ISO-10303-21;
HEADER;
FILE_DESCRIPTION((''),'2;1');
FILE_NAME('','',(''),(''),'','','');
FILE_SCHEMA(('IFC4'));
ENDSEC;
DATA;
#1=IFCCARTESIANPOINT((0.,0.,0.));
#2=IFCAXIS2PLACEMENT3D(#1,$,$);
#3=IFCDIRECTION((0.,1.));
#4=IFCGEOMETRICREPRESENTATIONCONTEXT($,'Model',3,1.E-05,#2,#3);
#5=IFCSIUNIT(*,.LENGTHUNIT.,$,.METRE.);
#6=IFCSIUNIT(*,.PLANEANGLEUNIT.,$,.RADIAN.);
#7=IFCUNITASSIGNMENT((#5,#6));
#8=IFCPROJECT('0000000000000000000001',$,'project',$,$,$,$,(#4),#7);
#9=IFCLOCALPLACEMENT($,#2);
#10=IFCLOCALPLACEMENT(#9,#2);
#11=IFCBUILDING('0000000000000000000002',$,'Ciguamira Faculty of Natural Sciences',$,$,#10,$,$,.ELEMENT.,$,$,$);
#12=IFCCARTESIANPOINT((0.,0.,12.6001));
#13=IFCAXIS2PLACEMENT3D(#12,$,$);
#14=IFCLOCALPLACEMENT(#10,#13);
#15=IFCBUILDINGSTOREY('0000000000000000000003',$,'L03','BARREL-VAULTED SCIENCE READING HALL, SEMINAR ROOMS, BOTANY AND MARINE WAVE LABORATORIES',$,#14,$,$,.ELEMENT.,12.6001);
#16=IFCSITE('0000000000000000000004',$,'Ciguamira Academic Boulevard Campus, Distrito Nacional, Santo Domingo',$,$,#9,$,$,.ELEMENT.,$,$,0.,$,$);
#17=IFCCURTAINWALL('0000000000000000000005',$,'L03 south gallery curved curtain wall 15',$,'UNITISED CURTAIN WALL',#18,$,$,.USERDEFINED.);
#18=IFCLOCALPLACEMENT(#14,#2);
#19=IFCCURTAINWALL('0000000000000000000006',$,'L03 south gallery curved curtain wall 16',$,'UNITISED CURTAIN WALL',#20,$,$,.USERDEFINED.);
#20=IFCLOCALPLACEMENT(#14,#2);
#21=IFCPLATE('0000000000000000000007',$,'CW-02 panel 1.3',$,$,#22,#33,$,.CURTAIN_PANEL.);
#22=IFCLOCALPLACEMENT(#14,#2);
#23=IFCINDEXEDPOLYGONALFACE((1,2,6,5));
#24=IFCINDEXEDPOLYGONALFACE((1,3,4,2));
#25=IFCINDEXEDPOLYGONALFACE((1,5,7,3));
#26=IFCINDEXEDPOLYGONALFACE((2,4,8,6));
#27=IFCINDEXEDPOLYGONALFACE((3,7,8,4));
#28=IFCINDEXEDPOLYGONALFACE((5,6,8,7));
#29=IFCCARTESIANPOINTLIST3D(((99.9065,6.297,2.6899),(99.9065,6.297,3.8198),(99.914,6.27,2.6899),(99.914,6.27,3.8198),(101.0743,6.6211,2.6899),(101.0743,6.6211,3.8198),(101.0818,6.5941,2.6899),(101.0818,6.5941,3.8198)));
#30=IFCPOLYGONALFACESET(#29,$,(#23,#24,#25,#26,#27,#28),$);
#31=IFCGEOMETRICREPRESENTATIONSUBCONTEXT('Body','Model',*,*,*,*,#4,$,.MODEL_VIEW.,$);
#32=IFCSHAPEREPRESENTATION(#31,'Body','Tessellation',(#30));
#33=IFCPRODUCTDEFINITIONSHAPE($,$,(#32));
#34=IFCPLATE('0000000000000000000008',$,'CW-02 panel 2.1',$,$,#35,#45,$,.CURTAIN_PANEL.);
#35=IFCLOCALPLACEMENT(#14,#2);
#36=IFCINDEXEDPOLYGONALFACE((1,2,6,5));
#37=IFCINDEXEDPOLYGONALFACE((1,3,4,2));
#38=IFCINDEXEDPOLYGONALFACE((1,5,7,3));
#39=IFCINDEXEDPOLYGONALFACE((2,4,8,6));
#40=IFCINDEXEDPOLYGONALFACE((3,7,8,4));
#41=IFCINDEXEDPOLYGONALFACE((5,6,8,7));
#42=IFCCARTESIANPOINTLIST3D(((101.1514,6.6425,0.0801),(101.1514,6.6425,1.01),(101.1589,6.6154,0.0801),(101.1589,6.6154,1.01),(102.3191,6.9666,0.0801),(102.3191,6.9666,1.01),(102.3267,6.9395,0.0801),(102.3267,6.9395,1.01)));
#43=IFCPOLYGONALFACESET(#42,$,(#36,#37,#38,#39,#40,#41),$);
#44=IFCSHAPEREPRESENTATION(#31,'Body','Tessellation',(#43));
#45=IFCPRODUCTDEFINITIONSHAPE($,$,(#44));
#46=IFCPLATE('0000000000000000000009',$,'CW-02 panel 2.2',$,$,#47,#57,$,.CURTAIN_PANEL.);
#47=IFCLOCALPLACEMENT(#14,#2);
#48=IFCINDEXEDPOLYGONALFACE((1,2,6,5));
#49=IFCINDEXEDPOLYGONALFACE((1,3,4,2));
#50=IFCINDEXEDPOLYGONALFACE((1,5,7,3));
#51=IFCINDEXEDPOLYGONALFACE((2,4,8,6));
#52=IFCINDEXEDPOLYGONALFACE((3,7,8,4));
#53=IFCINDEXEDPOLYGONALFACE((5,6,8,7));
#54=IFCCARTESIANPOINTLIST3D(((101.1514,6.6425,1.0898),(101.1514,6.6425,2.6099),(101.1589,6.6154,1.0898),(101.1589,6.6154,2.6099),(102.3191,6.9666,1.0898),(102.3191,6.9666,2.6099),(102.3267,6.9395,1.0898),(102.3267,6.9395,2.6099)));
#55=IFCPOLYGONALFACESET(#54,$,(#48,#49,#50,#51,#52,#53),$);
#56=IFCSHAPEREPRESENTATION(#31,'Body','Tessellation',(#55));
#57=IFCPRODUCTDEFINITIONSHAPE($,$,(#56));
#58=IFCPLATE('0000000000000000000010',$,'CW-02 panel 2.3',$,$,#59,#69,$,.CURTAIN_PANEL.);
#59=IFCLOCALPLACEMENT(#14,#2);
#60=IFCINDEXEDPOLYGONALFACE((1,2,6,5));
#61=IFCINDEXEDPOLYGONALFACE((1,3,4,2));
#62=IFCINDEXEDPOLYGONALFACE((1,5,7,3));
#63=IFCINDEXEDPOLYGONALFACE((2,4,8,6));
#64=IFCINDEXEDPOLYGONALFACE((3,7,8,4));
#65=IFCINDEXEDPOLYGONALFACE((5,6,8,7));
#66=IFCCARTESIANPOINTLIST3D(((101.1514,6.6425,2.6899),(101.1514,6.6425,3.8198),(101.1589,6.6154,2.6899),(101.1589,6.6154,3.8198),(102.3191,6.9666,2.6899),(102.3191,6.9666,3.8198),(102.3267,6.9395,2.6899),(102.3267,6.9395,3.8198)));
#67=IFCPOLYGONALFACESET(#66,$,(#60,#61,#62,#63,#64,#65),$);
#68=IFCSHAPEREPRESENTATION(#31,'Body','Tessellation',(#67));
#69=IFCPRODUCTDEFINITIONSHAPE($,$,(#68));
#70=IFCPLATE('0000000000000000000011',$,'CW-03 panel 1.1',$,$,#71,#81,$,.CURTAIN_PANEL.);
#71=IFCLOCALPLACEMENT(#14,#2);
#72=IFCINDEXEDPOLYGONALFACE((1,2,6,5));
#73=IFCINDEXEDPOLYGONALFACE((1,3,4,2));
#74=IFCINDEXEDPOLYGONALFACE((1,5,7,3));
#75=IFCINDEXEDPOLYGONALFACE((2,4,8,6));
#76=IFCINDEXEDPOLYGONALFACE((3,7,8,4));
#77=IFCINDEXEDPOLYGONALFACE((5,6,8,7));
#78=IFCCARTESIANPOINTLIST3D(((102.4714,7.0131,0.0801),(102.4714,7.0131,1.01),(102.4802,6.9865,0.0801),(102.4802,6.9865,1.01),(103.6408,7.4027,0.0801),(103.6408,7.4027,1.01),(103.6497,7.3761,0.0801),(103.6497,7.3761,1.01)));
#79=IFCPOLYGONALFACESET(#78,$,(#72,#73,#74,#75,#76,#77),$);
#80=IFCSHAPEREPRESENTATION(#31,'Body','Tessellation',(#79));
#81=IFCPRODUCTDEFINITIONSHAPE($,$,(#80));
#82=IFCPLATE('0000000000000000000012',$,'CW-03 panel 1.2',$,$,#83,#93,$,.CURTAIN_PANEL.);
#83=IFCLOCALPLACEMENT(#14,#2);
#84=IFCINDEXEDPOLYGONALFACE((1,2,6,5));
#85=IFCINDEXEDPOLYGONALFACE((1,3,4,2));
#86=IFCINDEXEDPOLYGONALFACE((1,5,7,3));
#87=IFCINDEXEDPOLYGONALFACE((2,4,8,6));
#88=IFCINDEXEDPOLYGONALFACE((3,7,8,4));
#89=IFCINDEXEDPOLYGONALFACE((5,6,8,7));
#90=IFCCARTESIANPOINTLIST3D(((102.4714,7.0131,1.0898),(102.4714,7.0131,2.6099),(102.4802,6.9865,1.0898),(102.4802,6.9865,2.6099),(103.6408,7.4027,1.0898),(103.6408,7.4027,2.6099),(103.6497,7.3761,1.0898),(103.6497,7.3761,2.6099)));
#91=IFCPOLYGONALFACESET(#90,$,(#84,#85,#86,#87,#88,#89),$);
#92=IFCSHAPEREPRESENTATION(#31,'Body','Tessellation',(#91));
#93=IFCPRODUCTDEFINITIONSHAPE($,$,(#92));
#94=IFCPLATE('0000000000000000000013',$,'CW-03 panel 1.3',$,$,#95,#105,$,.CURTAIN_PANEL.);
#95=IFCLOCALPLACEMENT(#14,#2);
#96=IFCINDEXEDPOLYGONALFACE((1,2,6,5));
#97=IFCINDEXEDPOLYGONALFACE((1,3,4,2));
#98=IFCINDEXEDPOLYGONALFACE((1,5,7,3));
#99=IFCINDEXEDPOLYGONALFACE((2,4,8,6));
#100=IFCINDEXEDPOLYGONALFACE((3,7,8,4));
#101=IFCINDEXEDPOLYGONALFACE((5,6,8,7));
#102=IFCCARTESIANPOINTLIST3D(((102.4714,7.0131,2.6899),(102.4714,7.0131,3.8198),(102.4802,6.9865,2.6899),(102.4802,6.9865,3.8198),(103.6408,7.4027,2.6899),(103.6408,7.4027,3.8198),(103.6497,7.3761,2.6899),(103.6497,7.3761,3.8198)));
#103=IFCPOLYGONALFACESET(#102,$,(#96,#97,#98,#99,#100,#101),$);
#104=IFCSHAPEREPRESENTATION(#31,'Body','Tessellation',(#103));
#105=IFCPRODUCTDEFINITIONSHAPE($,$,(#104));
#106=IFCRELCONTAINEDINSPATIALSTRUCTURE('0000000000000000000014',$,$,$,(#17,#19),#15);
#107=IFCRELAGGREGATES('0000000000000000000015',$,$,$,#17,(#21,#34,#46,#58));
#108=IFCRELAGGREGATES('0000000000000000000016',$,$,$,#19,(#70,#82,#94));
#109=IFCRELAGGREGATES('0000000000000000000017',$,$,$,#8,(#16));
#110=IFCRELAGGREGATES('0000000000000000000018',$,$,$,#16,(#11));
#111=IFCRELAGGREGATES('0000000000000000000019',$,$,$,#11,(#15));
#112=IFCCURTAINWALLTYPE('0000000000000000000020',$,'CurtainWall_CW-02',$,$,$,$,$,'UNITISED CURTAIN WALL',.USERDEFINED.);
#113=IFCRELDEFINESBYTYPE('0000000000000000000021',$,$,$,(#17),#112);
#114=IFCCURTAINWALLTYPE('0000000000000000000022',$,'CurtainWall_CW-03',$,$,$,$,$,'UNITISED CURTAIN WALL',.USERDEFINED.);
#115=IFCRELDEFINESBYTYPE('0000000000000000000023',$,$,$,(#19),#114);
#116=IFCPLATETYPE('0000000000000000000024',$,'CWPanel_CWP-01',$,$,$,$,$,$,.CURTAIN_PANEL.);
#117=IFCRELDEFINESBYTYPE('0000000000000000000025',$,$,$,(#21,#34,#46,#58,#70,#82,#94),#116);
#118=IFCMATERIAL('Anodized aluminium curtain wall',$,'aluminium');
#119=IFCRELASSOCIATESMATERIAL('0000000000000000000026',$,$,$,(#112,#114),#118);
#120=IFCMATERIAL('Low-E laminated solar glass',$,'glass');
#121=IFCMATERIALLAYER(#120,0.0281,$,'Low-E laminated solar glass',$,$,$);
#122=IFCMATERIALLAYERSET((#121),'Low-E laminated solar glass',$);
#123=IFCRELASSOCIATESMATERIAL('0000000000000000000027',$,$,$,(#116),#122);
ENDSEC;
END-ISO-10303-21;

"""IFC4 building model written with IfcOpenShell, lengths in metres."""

from ifc_helpers import new_model, si_unit, direction, frame, origin, origin_2d, place, context, subcontext, project, spatial, rectangle, extrude, material, layer, layer_set, type_object, element, aggregate, save


model = new_model("IFC4")

# Units and contexts
model_context = context("Model", 3, precision=1e-05, world=origin(), true_north=direction((0.0, 1.0)))
body_context = subcontext(model_context, "Body", "Model", "MODEL_VIEW")
ifc_project = project(units=[si_unit("LENGTHUNIT", "METRE"), si_unit("PLANEANGLEUNIT", "RADIAN")], contexts=[model_context])

# Site, building, storey
site_placement = place(None, origin())
site = spatial("IfcSite", under=ifc_project, at=site_placement, Name="Ciguamira Academic Boulevard Campus, Distrito Nacional, Santo Domingo", CompositionType="ELEMENT", RefElevation=0.0)
building_placement = place(site_placement, origin())
building = spatial("IfcBuilding", under=site, at=building_placement, Name="Ciguamira Faculty of Natural Sciences", CompositionType="ELEMENT")
storey_placement = place(building_placement, frame((0.0, 0.0, 12.6001)))
storey = spatial("IfcBuildingStorey", under=building, at=storey_placement, Name="L03", Description="BARREL-VAULTED SCIENCE READING HALL, SEMINAR ROOMS, BOTANY AND MARINE WAVE LABORATORIES", CompositionType="ELEMENT", Elevation=12.6001)

# Curtain wall
ifc_material_1 = material(Name="Anodized aluminium curtain wall", Category="aluminium")
curtain_wall_type_1 = type_object("IfcCurtainWallType", Name="CurtainWall_CW-02", ElementType="UNITISED CURTAIN WALL", PredefinedType="USERDEFINED", material=ifc_material_1)
curtain_wall_1_placement = place(storey_placement, origin())
curtain_wall_1 = element("IfcCurtainWall", 1, at=curtain_wall_1_placement, inside=storey, type_object=curtain_wall_type_1, Name="L03 south gallery curved curtain wall 15", ObjectType="UNITISED CURTAIN WALL", PredefinedType="USERDEFINED")

# Curtain wall
curtain_wall_type_2 = type_object("IfcCurtainWallType", Name="CurtainWall_CW-03", ElementType="UNITISED CURTAIN WALL", PredefinedType="USERDEFINED", material=ifc_material_1)
curtain_wall_2_placement = place(storey_placement, origin())
curtain_wall_2 = element("IfcCurtainWall", 2, at=curtain_wall_2_placement, inside=storey, type_object=curtain_wall_type_2, Name="L03 south gallery curved curtain wall 16", ObjectType="UNITISED CURTAIN WALL", PredefinedType="USERDEFINED")

# Plates
ifc_material_2 = material(Name="Low-E laminated solar glass", Category="glass")
ifc_layer = layer(ifc_material_2, 0.0281, Name="Low-E laminated solar glass")
ifc_layer_set = layer_set([ifc_layer], Name="Low-E laminated solar glass")
plate_type = type_object("IfcPlateType", Name="CWPanel_CWP-01", PredefinedType="CURTAIN_PANEL", material=ifc_layer_set)
plate_1_placement = place(storey_placement, frame((100.4941, 6.4456, 2.6899), z_axis=(0.0, 0.0, 1.0), x_axis=(0.963573, 0.267444, 0.0)))
plate_1 = element("IfcPlate", 3, at=plate_1_placement, type_object=plate_type, Name="CW-02 panel 1.3", PredefinedType="CURTAIN_PANEL", context=body_context, shape_type="SweptSolid", body=[
    extrude(rectangle(XDim=1.2119, YDim=0.0281, at=origin_2d()), origin(), (0.0, 0.0, 1.0), 1.1299),
])
plate_2_placement = place(storey_placement, frame((101.739, 6.791, 0.0801), z_axis=(0.0, 0.0, 1.0), x_axis=(0.963573, 0.267444, 0.0)))
plate_2 = element("IfcPlate", 4, at=plate_2_placement, type_object=plate_type, Name="CW-02 panel 2.1", PredefinedType="CURTAIN_PANEL", context=body_context, shape_type="SweptSolid", body=[
    extrude(rectangle(XDim=1.2119, YDim=0.0281, at=origin_2d()), origin(), (0.0, 0.0, 1.0), 0.9299),
])
plate_3_placement = place(storey_placement, frame((101.739, 6.791, 1.0898), z_axis=(0.0, 0.0, 1.0), x_axis=(0.963573, 0.267444, 0.0)))
plate_3 = element("IfcPlate", 5, at=plate_3_placement, type_object=plate_type, Name="CW-02 panel 2.2", PredefinedType="CURTAIN_PANEL", context=body_context, shape_type="SweptSolid", body=[
    extrude(rectangle(XDim=1.2119, YDim=0.0281, at=origin_2d()), origin(), (0.0, 0.0, 1.0), 1.52),
])
plate_4_placement = place(storey_placement, frame((101.739, 6.791, 2.6899), z_axis=(0.0, 0.0, 1.0), x_axis=(0.963573, 0.267444, 0.0)))
plate_4 = element("IfcPlate", 6, at=plate_4_placement, type_object=plate_type, Name="CW-02 panel 2.3", PredefinedType="CURTAIN_PANEL", context=body_context, shape_type="SweptSolid", body=[
    extrude(rectangle(XDim=1.2119, YDim=0.0281, at=origin_2d()), origin(), (0.0, 0.0, 1.0), 1.1299),
])
aggregate(curtain_wall_1, [plate_1, plate_2, plate_3, plate_4])
plate_5_placement = place(storey_placement, frame((103.0605, 7.1946, 0.0801), z_axis=(0.0, 0.0, 1.0), x_axis=(0.948735, 0.316073, 0.0)))
plate_5 = element("IfcPlate", 7, at=plate_5_placement, type_object=plate_type, Name="CW-03 panel 1.1", PredefinedType="CURTAIN_PANEL", context=body_context, shape_type="SweptSolid", body=[
    extrude(rectangle(XDim=1.2327, YDim=0.0281, at=origin_2d()), origin(), (0.0, 0.0, 1.0), 0.9299),
])
plate_6_placement = place(storey_placement, frame((103.0605, 7.1946, 1.0898), z_axis=(0.0, 0.0, 1.0), x_axis=(0.948735, 0.316073, 0.0)))
plate_6 = element("IfcPlate", 8, at=plate_6_placement, type_object=plate_type, Name="CW-03 panel 1.2", PredefinedType="CURTAIN_PANEL", context=body_context, shape_type="SweptSolid", body=[
    extrude(rectangle(XDim=1.2327, YDim=0.0281, at=origin_2d()), origin(), (0.0, 0.0, 1.0), 1.52),
])
plate_7_placement = place(storey_placement, frame((103.0605, 7.1946, 2.6899), z_axis=(0.0, 0.0, 1.0), x_axis=(0.948735, 0.316073, 0.0)))
plate_7 = element("IfcPlate", 9, at=plate_7_placement, type_object=plate_type, Name="CW-03 panel 1.3", PredefinedType="CURTAIN_PANEL", context=body_context, shape_type="SweptSolid", body=[
    extrude(rectangle(XDim=1.2327, YDim=0.0281, at=origin_2d()), origin(), (0.0, 0.0, 1.0), 1.1299),
])
aggregate(curtain_wall_2, [plate_5, plate_6, plate_7])

save(model, "model.ifc")
